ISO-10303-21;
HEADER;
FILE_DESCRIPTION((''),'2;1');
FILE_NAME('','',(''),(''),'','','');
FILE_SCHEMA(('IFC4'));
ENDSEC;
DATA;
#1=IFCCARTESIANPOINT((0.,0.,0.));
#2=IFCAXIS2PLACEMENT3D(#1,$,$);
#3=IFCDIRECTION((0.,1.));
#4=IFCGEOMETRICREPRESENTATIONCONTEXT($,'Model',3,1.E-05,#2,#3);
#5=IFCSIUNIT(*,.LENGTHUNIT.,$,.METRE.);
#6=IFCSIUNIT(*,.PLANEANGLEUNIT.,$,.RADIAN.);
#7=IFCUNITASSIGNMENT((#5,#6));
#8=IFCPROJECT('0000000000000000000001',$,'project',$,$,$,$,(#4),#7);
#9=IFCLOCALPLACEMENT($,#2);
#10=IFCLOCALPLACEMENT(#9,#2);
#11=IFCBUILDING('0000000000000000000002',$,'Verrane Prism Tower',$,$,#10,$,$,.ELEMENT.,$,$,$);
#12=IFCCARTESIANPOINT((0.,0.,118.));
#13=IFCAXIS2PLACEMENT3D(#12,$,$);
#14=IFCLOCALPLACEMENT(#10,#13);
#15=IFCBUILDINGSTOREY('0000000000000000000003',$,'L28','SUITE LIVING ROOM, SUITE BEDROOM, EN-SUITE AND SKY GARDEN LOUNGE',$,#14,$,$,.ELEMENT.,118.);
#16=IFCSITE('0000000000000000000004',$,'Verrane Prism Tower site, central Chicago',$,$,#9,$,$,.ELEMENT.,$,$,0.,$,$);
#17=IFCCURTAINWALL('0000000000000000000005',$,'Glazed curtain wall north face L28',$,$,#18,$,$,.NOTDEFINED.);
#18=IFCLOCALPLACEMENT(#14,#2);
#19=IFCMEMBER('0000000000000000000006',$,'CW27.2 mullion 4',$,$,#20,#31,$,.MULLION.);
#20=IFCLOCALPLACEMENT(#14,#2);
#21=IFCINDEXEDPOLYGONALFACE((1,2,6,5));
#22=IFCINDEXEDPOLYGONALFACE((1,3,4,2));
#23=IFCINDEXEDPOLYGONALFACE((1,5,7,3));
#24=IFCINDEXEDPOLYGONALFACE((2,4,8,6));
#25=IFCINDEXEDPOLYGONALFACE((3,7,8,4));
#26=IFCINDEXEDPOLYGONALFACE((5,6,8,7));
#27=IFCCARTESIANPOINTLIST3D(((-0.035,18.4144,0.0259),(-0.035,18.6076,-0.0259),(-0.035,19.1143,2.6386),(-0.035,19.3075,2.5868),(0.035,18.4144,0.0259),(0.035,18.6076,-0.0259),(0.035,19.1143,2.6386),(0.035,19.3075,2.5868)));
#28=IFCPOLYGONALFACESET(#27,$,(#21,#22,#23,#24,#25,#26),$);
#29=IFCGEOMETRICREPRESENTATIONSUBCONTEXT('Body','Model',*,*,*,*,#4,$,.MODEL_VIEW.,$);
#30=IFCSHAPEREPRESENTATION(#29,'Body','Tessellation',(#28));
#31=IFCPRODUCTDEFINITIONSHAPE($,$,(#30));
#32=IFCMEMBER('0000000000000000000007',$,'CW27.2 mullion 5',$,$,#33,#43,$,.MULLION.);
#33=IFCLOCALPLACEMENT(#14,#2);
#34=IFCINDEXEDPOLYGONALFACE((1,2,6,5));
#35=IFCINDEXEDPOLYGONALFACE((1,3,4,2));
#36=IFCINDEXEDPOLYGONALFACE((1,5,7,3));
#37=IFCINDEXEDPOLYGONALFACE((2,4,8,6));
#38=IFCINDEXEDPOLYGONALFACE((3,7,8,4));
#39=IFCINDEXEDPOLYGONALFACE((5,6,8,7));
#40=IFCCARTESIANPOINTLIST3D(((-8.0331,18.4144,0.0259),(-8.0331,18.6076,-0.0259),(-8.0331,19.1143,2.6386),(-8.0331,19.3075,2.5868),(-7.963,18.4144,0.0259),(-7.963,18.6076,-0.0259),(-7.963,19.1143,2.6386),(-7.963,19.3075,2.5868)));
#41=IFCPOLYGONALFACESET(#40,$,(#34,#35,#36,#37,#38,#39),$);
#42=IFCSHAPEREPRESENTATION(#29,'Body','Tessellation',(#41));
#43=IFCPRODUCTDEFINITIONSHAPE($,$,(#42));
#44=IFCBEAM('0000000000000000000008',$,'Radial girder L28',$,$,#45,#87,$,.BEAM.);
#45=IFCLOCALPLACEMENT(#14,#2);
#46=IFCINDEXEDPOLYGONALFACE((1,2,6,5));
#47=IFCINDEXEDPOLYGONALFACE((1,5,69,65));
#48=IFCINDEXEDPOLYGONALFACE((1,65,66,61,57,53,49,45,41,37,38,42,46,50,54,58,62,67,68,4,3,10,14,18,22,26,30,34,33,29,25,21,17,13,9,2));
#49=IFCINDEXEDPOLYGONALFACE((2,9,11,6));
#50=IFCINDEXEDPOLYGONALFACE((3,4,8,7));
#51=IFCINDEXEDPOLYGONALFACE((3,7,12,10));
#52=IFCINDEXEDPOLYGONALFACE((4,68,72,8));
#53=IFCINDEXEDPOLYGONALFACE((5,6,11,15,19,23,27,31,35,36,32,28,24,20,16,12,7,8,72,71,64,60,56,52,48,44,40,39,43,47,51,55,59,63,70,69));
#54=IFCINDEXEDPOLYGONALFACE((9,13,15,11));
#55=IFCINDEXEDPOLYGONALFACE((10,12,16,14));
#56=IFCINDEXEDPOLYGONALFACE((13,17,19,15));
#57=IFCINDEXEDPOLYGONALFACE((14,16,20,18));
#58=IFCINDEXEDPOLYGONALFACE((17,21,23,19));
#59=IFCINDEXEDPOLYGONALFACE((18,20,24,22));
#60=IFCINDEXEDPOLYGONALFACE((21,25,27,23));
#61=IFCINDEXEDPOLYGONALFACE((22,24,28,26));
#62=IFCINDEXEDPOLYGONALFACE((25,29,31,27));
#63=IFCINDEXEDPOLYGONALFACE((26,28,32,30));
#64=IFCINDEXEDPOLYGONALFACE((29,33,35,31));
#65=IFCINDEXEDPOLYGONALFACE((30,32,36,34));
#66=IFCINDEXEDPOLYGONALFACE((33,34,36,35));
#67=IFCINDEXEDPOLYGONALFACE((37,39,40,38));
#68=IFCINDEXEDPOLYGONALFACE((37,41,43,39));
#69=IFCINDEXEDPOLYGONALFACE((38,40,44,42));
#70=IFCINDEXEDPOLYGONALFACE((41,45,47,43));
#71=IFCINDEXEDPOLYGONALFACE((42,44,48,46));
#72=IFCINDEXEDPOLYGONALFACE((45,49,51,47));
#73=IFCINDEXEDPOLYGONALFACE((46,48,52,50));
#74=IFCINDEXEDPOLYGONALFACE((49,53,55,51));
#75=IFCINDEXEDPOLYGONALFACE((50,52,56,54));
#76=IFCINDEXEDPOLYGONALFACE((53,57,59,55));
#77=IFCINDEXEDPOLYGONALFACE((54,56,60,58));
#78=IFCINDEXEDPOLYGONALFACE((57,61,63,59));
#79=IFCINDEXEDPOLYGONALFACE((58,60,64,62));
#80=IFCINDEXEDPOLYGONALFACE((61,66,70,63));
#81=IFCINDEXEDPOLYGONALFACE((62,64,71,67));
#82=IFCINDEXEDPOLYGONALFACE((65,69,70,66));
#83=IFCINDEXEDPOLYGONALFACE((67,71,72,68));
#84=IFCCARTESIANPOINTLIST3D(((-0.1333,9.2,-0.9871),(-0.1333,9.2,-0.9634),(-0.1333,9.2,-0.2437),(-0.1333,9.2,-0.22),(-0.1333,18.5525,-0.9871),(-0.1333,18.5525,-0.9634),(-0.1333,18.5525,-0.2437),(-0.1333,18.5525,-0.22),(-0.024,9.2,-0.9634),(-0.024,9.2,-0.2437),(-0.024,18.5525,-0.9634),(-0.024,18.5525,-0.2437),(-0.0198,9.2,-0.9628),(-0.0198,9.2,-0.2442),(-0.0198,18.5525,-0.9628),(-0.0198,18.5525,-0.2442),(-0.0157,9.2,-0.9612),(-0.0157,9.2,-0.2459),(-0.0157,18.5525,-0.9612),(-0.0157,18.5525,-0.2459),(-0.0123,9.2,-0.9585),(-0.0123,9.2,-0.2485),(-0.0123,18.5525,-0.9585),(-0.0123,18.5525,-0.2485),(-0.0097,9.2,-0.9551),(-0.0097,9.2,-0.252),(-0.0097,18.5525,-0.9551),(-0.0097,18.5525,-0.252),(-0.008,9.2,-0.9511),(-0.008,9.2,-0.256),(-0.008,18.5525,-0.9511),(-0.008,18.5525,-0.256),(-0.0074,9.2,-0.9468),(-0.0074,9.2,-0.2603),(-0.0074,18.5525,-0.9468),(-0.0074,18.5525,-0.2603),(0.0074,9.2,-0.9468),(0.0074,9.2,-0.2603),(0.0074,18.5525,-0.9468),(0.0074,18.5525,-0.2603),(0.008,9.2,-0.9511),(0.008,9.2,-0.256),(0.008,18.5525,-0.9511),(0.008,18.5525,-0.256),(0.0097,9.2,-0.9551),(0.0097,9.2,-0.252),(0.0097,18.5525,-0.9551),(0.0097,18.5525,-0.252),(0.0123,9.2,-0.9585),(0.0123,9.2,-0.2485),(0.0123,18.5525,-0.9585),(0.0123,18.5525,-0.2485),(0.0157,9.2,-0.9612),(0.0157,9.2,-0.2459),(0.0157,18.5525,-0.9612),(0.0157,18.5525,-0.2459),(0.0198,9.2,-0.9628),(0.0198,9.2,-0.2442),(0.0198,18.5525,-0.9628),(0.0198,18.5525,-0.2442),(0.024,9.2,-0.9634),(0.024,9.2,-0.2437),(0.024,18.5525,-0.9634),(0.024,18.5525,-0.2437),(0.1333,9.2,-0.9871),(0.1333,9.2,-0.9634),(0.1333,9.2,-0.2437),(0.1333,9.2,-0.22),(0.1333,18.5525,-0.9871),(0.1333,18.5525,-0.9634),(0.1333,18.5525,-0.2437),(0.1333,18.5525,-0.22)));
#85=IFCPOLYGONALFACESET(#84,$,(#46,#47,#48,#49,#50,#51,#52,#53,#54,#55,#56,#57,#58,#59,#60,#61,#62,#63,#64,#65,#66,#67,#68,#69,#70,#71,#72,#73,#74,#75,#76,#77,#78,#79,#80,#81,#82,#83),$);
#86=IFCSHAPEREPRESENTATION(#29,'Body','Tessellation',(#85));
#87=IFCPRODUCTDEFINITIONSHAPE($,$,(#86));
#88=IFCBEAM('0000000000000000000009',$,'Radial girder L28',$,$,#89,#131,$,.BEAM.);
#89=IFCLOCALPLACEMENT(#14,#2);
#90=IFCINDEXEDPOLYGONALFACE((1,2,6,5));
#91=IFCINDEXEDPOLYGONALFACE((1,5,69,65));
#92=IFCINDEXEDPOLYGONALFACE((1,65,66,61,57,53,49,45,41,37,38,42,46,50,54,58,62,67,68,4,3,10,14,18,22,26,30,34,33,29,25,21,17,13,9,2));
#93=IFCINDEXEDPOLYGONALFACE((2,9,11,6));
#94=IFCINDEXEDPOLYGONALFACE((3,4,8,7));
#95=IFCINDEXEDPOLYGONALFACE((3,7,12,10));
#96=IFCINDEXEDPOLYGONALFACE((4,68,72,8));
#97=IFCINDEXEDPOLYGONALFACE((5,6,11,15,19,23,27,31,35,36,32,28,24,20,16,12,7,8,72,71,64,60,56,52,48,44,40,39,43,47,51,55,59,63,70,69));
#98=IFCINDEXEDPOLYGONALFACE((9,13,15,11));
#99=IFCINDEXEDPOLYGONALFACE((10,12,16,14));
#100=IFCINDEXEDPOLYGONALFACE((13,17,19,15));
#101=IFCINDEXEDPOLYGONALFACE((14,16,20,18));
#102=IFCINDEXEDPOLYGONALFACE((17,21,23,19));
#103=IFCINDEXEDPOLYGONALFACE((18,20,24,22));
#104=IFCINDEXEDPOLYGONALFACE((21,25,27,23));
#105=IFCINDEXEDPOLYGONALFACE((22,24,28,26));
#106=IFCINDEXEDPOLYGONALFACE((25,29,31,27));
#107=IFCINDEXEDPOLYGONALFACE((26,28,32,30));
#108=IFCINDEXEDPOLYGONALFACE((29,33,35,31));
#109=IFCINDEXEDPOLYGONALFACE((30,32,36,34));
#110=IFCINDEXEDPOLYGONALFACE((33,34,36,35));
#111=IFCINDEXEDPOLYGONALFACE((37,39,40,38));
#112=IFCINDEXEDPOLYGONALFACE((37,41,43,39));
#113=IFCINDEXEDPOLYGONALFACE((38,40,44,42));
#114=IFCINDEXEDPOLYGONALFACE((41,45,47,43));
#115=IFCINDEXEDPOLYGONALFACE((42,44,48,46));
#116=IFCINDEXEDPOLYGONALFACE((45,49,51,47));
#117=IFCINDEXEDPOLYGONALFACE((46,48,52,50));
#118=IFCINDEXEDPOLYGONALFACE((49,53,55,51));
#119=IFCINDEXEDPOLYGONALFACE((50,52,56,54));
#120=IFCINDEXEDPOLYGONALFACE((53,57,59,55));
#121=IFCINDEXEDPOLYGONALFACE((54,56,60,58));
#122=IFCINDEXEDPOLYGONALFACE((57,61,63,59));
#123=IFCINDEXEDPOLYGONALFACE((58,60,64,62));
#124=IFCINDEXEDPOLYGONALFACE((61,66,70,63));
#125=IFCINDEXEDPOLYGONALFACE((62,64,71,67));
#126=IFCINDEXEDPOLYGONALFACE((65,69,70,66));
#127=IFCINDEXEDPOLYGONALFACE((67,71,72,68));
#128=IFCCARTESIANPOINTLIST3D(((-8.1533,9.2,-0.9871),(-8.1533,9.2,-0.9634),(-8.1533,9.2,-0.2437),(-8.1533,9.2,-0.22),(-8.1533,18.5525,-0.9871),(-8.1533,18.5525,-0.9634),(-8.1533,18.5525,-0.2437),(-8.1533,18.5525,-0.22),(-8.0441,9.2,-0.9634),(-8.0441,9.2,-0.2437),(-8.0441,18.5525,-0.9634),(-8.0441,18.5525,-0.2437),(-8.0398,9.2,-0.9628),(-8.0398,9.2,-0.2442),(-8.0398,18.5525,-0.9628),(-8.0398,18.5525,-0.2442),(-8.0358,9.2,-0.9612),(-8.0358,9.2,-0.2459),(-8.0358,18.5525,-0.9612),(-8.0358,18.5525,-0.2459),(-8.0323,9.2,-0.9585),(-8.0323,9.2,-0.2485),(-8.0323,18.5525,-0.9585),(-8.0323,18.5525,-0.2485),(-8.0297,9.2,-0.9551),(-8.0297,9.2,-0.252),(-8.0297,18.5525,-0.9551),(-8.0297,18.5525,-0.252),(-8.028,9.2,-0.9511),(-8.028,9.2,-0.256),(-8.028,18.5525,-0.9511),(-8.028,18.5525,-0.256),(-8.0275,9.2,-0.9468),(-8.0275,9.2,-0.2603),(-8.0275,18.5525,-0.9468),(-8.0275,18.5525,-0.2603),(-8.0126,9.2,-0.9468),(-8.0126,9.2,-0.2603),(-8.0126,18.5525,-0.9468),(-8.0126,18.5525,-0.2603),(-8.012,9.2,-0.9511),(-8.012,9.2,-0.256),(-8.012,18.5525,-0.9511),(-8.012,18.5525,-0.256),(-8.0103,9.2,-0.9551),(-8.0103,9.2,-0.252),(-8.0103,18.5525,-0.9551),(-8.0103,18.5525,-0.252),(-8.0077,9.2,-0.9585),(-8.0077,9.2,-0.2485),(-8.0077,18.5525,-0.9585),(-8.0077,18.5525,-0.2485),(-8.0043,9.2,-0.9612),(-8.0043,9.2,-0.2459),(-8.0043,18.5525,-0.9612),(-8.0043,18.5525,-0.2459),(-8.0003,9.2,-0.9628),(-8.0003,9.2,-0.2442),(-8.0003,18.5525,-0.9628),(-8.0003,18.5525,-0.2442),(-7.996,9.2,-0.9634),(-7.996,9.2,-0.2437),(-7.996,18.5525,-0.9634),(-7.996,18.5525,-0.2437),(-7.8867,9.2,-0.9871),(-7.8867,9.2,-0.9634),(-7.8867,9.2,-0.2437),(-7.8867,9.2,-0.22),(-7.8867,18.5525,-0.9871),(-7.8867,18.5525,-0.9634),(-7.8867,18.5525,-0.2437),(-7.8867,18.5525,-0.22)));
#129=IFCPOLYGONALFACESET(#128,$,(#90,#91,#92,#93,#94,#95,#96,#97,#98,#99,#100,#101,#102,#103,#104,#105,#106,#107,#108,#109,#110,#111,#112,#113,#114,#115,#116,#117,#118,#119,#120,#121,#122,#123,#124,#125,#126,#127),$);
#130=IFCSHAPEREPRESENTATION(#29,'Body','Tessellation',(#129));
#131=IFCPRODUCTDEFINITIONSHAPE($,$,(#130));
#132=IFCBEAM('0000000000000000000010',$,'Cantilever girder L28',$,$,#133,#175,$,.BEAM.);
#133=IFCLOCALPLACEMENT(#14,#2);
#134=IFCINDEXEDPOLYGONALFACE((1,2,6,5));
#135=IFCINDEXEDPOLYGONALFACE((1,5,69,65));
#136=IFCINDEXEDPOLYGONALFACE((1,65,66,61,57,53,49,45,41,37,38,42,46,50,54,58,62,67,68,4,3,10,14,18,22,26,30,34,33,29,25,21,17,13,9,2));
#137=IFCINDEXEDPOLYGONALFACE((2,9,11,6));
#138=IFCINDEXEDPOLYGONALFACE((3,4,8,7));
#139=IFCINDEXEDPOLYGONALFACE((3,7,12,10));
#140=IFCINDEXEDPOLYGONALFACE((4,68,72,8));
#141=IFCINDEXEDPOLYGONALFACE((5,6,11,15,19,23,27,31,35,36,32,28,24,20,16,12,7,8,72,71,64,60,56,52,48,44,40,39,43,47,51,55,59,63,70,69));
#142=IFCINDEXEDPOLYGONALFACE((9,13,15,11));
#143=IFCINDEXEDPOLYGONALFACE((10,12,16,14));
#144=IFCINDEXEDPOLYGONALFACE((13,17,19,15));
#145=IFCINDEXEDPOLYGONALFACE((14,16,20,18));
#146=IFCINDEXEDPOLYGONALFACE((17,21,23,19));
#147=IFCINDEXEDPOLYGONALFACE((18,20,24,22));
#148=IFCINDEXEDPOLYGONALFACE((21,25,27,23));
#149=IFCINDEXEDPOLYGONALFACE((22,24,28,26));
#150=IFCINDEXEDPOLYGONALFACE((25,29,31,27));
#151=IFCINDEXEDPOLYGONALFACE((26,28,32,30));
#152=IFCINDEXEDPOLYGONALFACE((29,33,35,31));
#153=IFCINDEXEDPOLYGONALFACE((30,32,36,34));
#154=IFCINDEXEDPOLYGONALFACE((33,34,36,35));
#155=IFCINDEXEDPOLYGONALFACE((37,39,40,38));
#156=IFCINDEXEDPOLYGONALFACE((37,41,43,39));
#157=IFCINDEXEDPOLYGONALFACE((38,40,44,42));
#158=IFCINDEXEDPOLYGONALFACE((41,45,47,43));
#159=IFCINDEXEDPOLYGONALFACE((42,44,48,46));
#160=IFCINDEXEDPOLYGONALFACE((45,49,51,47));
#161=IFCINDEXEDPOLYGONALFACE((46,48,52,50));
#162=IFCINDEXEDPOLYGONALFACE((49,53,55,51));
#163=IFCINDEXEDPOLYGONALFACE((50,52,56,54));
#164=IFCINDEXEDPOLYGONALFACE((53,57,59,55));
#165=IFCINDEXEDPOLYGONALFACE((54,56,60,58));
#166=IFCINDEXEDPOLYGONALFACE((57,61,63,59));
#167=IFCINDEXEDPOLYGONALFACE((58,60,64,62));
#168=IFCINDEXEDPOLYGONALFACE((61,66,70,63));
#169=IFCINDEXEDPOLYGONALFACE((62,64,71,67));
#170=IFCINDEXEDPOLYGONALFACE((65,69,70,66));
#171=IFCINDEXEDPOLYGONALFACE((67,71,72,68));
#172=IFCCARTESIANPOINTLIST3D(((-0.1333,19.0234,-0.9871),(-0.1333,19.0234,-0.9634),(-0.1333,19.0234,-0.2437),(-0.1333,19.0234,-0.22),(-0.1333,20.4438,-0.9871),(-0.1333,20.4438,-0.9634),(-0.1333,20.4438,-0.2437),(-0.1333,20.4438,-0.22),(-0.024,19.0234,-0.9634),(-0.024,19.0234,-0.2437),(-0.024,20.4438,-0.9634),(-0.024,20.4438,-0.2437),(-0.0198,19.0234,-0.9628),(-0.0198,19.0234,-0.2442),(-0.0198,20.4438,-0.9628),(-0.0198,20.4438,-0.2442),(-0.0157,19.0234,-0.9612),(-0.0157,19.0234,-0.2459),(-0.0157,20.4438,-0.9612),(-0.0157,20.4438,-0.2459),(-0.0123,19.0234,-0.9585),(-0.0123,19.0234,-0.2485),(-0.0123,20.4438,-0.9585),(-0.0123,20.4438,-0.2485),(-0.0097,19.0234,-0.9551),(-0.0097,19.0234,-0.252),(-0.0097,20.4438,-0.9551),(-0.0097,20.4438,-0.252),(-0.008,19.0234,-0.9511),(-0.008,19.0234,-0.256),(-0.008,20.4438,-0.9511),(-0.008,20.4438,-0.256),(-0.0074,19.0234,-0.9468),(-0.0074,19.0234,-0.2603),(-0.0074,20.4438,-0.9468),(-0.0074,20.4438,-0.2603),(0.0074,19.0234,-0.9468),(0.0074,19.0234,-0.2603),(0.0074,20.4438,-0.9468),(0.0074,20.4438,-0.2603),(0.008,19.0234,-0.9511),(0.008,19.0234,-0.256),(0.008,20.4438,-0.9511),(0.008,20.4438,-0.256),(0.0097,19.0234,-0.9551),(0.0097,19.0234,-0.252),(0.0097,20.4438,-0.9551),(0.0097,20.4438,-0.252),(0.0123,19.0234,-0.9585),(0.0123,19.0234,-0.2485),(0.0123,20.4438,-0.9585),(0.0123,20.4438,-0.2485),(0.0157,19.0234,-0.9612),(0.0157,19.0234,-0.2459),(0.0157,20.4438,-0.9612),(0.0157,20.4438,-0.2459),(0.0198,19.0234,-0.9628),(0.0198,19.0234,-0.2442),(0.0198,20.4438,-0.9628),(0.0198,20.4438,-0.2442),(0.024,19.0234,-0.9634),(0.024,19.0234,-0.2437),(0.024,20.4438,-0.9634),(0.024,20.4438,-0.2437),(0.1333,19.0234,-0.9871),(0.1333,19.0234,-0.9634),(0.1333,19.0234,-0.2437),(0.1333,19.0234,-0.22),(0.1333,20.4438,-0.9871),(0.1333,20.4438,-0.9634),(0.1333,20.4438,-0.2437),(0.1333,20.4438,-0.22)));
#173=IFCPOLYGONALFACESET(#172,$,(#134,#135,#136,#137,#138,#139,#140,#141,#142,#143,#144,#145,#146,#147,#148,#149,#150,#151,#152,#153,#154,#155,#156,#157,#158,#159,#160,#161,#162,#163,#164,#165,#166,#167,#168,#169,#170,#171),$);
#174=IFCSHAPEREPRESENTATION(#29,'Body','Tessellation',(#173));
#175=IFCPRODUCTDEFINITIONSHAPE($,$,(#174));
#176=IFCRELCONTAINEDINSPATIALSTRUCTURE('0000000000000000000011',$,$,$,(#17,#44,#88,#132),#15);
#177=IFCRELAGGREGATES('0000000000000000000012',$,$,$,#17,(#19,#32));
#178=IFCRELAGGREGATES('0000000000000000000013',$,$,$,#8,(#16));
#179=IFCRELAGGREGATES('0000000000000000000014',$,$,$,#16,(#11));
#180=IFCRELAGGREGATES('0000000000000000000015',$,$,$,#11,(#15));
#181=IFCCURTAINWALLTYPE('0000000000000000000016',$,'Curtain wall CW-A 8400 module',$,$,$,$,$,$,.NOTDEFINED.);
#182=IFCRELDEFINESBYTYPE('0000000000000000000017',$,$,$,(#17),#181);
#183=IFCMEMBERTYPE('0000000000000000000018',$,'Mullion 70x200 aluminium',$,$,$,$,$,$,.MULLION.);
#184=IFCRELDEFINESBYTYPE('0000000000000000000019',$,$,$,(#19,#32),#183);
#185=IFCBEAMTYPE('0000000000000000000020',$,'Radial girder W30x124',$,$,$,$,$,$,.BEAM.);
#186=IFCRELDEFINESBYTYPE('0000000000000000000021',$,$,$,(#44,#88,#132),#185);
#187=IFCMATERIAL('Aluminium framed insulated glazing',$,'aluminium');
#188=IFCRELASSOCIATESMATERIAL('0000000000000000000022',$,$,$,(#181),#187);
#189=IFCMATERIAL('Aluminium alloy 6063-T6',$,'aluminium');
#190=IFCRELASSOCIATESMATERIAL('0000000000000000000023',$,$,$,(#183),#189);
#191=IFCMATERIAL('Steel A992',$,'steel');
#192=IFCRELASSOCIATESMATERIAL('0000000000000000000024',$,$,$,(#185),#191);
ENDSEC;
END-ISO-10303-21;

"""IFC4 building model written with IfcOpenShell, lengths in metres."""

from ifc_helpers import new_model, si_unit, direction, frame, origin, origin_2d, place, context, subcontext, project, spatial, rectangle, i_section, extrude, material, material_profile, profile_set, type_object, element, aggregate, save


model = new_model("IFC4")

# Units and contexts
model_context = context("Model", 3, precision=1e-05, world=origin(), true_north=direction((0.0, 1.0)))
body_context = subcontext(model_context, "Body", "Model", "MODEL_VIEW")
ifc_project = project(units=[si_unit("LENGTHUNIT", "METRE"), si_unit("PLANEANGLEUNIT", "RADIAN")], contexts=[model_context])

# Site, building, storey
site_placement = place(None, origin())
site = spatial("IfcSite", under=ifc_project, at=site_placement, Name="Verrane Prism Tower site, central Chicago", CompositionType="ELEMENT", RefElevation=0.0)
building_placement = place(site_placement, origin())
building = spatial("IfcBuilding", under=site, at=building_placement, Name="Verrane Prism Tower", CompositionType="ELEMENT")
storey_placement = place(building_placement, frame((0.0, 0.0, 118.0)))
storey = spatial("IfcBuildingStorey", under=building, at=storey_placement, Name="L28", Description="SUITE LIVING ROOM, SUITE BEDROOM, EN-SUITE AND SKY GARDEN LOUNGE", CompositionType="ELEMENT", Elevation=118.0)

# Curtain wall, members
ifc_material_1 = material(Name="Aluminium framed insulated glazing", Category="aluminium")
curtain_wall_type = type_object("IfcCurtainWallType", Name="Curtain wall CW-A 8400 module", PredefinedType="NOTDEFINED", material=ifc_material_1)
curtain_wall_placement = place(storey_placement, origin())
curtain_wall = element("IfcCurtainWall", 1, at=curtain_wall_placement, inside=storey, type_object=curtain_wall_type, Name="Glazed curtain wall north face L28", PredefinedType="NOTDEFINED")
ifc_material_2 = material(Name="Aluminium alloy 6063-T6", Category="aluminium")
ifc_material_profile_1 = material_profile(ifc_material_2, rectangle(XDim=0.2, YDim=0.0701, at=origin_2d()), Name="Mullion 70x200 aluminium")
ifc_profile_set_1 = profile_set([ifc_material_profile_1], Name="Aluminium alloy 6063-T6")
member_type_1 = type_object("IfcMemberType", Name="Mullion 70x200 aluminium", PredefinedType="MULLION", material=ifc_profile_set_1)
member_1_placement = place(storey_placement, frame((0.0, 18.511, 0.0), z_axis=(0.0, 0.258769, 0.965939), x_axis=(0.0, 0.965939, -0.258769)))
member_1 = element("IfcMember", 2, at=member_1_placement, type_object=member_type_1, Name="CW27.2 mullion 4", PredefinedType="MULLION", context=body_context, shape_type="SweptSolid", body=[
    extrude(rectangle(XDim=0.2, YDim=0.0701, at=origin_2d()), origin(), (0.0, 0.0, 1.0), 2.7048),
])
member_2_placement = place(storey_placement, frame((-7.998, 18.511, 0.0), z_axis=(0.0, 0.258769, 0.965939), x_axis=(0.0, 0.965939, -0.258769)))
member_2 = element("IfcMember", 3, at=member_2_placement, type_object=member_type_1, Name="CW27.2 mullion 5", PredefinedType="MULLION", context=body_context, shape_type="SweptSolid", body=[
    extrude(rectangle(XDim=0.2, YDim=0.0701, at=origin_2d()), origin(), (0.0, 0.0, 1.0), 2.7048),
])

# Beams
ifc_material_3 = material(Name="Steel A992", Category="steel")
ifc_material_profile_2 = material_profile(ifc_material_3, i_section(OverallWidth=0.2666, OverallDepth=0.7671, WebThickness=0.0149, FlangeThickness=0.0237, FilletRadius=0.0166, at=origin_2d()), Name="W30x124")
ifc_profile_set_2 = profile_set([ifc_material_profile_2], Name="Steel A992")
beam_type_1 = type_object("IfcBeamType", Name="Radial girder W30x124", PredefinedType="BEAM", material=ifc_profile_set_2)
for number, where, z_axis, x_axis, name in (
    (4, (0.0, 18.5525, -0.6035), (0.0, -1.0, 0.0), (1.0, 0.0, 0.0), "Radial girder L28"),
    (5, (-8.02, 18.5525, -0.6035), (0.0, -1.0, 0.0), (1.0, 0.0, 0.0), "Radial girder L28"),
):
    element("IfcBeam", number, at=place(storey_placement, frame(where, z_axis=z_axis, x_axis=x_axis)), inside=storey, type_object=beam_type_1, Name=name, PredefinedType="BEAM", context=body_context, shape_type="SweptSolid", body=[
        extrude(i_section(OverallWidth=0.2666, OverallDepth=0.7671, WebThickness=0.0149, FlangeThickness=0.0237, FilletRadius=0.0166, at=origin_2d()), origin(), (0.0, 0.0, 1.0), 9.3525),
    ])
beam_placement = place(storey_placement, frame((0.0, 19.0234, -0.6035), z_axis=(0.0, 1.0, 0.0), x_axis=(-1.0, 0.0, 0.0)))
element("IfcBeam", 6, at=beam_placement, inside=storey, type_object=beam_type_1, Name="Cantilever girder L28", PredefinedType="BEAM", context=body_context, shape_type="SweptSolid", body=[
    extrude(i_section(OverallWidth=0.2666, OverallDepth=0.7671, WebThickness=0.0149, FlangeThickness=0.0237, FilletRadius=0.0166, at=origin_2d()), origin(), (0.0, 0.0, 1.0), 1.4204),
])

aggregate(curtain_wall, [member_1, member_2])

save(model, "model.ifc")
